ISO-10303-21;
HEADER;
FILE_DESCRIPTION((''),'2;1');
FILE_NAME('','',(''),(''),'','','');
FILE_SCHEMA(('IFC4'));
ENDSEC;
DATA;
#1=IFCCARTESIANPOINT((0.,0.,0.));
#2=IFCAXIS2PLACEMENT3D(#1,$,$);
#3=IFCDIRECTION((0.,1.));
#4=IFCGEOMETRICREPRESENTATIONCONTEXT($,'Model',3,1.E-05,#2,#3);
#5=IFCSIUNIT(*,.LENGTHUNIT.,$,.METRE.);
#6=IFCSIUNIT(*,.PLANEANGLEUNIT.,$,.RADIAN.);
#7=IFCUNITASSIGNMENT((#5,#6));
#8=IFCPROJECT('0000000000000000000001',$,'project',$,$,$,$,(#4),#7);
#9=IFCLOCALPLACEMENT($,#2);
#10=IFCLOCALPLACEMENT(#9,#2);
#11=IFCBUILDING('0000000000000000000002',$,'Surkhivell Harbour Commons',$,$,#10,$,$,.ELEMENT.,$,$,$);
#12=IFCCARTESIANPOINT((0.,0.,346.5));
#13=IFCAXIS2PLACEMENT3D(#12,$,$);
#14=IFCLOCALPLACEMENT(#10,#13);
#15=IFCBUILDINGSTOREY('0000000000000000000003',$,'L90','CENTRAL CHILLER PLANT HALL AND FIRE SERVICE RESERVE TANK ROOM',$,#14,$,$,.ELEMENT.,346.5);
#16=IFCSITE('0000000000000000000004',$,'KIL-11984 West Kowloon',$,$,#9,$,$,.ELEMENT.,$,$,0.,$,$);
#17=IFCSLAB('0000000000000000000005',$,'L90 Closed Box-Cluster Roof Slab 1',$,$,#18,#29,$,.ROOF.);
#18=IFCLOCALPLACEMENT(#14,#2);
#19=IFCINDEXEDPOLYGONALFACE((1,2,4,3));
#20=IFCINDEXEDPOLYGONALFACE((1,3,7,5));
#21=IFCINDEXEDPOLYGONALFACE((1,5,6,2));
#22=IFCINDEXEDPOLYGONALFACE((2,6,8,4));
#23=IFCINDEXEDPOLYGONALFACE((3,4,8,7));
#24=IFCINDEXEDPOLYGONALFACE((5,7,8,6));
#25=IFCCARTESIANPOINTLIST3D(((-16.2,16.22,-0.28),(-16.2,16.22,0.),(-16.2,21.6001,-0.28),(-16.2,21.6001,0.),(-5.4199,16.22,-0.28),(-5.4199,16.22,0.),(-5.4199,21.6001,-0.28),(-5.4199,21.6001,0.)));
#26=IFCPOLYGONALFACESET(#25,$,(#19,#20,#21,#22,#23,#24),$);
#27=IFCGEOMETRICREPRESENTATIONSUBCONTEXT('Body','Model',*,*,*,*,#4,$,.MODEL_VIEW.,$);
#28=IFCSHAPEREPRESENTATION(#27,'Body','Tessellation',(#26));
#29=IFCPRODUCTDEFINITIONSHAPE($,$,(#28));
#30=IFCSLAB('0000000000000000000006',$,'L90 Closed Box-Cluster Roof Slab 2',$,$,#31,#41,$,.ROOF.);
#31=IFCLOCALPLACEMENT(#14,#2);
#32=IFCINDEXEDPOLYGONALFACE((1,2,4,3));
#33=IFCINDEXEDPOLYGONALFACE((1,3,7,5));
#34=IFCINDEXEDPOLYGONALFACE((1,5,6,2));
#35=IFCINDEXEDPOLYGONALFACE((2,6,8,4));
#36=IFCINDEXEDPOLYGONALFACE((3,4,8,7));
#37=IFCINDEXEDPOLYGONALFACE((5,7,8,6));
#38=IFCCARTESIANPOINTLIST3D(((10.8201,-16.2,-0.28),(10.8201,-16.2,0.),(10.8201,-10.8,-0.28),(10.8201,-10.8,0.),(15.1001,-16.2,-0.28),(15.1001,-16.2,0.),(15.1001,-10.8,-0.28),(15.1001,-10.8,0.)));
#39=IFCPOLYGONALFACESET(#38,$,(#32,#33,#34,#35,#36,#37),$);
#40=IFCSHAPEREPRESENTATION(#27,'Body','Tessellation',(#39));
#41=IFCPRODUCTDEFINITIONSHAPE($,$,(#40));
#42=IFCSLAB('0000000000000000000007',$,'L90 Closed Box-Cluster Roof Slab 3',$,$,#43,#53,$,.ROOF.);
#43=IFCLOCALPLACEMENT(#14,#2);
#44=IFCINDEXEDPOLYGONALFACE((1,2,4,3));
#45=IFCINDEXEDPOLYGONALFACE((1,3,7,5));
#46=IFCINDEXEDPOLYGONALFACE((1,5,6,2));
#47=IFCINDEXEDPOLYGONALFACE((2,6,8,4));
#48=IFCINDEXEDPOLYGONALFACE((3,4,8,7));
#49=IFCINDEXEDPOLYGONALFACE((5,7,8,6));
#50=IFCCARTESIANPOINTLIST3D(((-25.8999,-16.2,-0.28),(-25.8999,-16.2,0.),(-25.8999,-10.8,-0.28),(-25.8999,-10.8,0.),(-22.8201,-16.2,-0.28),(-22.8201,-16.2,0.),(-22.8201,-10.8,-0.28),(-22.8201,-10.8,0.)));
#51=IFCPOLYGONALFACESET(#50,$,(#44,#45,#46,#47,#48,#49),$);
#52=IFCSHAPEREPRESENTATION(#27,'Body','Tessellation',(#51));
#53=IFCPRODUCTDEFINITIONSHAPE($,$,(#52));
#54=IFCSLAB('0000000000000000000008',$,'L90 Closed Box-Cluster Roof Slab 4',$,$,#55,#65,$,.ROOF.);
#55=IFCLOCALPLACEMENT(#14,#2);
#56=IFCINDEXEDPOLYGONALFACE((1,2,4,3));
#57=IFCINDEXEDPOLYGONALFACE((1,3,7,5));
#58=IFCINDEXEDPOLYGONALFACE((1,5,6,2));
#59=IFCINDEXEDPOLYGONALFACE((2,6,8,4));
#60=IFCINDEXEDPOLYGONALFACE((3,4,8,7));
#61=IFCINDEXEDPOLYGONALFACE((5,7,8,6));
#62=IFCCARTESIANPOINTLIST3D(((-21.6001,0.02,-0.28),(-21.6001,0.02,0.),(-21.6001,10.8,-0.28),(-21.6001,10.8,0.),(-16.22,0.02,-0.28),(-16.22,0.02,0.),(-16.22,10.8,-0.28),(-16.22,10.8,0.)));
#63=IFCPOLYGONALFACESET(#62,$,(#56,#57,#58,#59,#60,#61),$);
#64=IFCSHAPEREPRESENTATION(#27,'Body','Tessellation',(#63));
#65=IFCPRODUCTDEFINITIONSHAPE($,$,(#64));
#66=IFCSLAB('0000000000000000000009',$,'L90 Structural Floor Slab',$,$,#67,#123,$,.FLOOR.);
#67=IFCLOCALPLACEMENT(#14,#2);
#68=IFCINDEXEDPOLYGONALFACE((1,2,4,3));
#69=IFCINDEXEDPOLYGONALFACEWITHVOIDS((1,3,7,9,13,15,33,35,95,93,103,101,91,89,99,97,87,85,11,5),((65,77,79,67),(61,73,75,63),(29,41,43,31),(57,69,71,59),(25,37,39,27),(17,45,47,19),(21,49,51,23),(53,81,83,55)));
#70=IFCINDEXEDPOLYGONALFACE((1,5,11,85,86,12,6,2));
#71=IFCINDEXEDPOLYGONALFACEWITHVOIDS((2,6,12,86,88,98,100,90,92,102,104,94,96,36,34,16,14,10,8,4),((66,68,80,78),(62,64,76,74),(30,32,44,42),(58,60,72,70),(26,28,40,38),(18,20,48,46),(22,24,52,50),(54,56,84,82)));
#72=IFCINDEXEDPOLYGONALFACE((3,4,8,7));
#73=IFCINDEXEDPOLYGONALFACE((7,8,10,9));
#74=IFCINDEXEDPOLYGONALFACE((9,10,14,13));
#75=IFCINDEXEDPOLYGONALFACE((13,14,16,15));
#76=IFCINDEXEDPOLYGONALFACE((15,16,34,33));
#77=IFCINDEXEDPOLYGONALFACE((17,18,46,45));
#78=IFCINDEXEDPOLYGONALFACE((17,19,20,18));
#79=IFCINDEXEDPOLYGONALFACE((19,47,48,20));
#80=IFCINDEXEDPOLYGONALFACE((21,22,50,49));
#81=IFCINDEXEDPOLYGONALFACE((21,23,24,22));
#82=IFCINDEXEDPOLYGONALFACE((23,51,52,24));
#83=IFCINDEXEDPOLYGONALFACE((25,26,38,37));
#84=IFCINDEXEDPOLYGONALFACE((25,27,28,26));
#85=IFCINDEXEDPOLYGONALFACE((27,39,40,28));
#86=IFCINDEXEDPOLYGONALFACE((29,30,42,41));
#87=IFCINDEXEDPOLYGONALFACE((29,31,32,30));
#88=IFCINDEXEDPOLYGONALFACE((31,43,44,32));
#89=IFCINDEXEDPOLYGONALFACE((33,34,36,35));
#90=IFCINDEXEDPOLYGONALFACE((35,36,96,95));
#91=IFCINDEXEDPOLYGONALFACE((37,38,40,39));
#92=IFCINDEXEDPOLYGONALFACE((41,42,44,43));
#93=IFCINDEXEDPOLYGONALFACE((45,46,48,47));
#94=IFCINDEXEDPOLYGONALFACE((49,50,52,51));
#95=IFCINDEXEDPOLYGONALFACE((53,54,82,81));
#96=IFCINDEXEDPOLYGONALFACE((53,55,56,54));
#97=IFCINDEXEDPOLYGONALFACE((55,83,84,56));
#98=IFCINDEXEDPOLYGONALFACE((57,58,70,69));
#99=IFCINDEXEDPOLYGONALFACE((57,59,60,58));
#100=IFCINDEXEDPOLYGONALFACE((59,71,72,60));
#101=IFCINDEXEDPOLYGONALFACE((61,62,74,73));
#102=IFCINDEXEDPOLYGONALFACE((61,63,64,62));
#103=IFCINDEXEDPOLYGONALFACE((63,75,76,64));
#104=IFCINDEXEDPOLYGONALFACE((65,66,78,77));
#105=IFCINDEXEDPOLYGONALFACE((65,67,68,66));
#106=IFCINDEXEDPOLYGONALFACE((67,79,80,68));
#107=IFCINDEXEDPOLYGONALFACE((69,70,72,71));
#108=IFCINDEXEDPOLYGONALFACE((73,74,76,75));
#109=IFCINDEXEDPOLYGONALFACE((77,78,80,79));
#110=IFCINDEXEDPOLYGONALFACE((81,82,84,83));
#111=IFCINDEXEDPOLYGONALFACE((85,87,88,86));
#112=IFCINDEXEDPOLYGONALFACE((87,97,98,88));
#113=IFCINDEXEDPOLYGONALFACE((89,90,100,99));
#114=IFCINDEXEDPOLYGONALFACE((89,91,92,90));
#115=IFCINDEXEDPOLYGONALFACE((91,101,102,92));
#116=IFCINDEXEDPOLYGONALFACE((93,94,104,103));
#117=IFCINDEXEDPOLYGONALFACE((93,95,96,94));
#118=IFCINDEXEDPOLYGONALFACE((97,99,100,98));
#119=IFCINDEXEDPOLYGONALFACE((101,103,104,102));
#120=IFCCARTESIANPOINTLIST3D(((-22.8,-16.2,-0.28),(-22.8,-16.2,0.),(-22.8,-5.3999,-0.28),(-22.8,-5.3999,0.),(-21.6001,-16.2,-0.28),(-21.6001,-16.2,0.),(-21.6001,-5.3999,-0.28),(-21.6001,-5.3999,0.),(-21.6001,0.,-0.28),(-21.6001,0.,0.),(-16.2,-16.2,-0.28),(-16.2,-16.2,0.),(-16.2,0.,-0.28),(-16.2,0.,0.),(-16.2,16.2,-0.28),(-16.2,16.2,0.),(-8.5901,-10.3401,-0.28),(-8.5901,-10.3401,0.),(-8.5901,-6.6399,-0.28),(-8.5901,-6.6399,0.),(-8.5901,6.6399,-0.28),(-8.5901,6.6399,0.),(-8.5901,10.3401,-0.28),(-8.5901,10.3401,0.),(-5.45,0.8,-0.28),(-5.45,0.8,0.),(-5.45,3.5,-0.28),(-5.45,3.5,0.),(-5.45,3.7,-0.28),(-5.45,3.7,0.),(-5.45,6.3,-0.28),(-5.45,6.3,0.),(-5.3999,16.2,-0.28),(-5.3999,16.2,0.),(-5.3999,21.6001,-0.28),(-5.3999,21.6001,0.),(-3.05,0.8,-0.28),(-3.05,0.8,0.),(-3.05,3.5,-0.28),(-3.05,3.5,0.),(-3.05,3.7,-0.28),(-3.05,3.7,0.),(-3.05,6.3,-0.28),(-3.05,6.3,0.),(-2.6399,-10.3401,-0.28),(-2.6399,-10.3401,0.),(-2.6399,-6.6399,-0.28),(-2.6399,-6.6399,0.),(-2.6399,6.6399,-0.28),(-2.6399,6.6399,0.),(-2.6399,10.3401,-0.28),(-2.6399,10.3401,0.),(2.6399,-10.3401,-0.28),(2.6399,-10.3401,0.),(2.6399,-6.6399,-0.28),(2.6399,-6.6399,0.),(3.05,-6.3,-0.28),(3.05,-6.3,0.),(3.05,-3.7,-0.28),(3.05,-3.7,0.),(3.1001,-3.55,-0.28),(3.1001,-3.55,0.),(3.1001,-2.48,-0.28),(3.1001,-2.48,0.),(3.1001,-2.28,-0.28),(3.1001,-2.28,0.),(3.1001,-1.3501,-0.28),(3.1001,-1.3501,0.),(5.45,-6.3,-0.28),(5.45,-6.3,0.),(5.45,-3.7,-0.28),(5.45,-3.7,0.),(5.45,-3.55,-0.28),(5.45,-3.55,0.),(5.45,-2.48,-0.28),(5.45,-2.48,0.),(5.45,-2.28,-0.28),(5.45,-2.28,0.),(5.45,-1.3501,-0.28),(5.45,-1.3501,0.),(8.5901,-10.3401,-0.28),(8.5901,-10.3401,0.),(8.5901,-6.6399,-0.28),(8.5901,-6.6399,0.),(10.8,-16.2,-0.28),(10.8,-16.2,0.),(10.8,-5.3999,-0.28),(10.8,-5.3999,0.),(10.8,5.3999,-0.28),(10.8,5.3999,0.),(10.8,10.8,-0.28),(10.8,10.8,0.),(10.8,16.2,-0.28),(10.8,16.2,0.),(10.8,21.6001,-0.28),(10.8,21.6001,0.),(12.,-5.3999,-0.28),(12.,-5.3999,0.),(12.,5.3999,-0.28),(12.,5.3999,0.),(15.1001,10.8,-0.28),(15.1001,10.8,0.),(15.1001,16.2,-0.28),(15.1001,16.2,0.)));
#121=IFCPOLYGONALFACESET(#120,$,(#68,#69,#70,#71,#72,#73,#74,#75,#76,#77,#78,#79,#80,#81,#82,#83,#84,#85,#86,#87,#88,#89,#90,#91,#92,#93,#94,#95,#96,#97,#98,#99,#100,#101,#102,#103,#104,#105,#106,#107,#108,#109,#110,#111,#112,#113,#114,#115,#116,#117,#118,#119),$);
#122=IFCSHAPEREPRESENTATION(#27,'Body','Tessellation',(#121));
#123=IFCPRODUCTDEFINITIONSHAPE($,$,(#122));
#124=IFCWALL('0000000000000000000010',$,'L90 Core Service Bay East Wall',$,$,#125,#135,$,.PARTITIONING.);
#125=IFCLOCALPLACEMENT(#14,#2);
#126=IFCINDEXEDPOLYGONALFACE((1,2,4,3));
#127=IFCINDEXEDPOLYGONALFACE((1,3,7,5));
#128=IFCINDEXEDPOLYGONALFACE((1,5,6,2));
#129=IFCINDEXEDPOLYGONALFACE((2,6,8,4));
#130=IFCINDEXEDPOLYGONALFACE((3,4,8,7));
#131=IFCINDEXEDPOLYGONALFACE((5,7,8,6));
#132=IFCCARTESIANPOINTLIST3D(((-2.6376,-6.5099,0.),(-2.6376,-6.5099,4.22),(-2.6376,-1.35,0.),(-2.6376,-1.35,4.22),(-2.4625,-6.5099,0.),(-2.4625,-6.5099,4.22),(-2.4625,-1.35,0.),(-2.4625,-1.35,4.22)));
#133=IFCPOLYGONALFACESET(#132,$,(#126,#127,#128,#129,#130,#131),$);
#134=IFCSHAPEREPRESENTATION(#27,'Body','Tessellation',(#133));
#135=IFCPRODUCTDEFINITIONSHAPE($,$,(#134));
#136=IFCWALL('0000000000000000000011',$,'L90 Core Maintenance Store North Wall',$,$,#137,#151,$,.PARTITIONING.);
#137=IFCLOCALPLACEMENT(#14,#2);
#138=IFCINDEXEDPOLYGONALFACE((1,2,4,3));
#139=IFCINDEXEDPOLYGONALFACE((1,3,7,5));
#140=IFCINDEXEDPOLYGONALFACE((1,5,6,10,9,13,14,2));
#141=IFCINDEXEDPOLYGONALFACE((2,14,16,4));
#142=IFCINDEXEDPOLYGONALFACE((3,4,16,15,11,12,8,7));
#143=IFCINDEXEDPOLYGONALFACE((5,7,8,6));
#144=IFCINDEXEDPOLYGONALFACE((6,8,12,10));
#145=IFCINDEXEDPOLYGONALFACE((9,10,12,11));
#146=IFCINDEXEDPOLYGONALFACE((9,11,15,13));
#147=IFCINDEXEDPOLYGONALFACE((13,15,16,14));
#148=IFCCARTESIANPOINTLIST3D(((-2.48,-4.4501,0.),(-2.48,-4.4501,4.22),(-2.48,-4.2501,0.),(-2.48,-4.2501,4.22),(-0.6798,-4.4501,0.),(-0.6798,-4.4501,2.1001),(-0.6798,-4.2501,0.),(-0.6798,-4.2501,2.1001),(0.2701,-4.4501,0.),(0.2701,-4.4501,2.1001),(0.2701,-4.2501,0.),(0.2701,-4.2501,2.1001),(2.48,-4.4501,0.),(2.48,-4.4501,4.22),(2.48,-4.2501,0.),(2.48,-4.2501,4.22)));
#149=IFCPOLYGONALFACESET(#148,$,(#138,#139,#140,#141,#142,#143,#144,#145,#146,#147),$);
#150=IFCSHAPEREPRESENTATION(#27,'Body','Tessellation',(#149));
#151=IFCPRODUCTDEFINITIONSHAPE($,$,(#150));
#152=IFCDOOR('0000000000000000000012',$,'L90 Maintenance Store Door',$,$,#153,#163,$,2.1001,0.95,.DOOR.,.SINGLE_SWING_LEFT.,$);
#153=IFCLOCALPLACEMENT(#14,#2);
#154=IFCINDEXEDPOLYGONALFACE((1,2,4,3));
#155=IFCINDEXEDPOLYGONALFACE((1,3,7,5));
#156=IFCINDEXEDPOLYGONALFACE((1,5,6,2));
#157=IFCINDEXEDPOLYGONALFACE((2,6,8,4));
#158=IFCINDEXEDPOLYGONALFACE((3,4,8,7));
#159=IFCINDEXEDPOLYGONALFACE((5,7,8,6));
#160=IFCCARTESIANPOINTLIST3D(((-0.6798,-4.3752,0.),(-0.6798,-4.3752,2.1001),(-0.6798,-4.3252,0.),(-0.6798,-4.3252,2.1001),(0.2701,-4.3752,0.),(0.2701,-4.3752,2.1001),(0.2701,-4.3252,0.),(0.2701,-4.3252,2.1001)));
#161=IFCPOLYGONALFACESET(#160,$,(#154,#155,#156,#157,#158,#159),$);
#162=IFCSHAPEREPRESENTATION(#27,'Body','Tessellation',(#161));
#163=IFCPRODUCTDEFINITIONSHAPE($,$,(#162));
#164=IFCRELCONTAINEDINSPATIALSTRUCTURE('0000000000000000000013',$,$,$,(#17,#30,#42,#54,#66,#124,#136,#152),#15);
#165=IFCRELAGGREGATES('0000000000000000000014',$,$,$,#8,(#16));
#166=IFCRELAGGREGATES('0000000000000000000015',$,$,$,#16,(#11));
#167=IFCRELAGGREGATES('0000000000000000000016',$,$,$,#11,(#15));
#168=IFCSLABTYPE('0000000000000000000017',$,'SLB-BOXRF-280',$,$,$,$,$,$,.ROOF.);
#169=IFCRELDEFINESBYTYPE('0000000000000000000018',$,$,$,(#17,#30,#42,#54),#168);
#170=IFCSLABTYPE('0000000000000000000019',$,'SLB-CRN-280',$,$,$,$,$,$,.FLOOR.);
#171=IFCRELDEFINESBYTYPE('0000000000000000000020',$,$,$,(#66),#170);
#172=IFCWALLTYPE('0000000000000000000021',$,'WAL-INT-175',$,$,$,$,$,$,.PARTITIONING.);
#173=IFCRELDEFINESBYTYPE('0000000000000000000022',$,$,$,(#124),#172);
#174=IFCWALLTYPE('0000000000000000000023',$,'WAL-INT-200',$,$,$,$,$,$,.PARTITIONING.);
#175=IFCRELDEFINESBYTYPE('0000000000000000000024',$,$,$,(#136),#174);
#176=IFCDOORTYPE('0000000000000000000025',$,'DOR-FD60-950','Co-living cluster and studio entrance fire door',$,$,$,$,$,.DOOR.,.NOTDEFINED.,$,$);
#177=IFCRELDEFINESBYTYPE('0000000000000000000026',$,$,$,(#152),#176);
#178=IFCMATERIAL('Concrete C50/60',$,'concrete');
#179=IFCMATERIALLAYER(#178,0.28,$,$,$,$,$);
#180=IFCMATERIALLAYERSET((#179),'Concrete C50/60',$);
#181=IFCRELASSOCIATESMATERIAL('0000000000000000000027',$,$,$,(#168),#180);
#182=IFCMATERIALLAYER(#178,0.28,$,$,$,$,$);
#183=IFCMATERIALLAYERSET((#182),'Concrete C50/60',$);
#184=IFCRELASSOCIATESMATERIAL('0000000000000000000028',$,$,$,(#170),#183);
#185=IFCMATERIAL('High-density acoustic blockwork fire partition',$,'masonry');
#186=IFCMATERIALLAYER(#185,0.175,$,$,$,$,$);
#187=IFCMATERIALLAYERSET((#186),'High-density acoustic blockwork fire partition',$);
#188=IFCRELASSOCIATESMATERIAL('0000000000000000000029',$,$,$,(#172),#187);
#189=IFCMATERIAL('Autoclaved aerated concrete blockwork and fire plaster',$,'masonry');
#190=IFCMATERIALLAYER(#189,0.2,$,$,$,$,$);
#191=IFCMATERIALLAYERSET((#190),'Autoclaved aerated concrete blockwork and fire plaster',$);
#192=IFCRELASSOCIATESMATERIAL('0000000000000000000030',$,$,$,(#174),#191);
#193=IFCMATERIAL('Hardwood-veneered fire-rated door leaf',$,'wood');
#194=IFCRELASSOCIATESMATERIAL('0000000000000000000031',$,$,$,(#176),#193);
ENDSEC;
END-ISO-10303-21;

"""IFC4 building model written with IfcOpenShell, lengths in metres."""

from ifc_helpers import new_model, si_unit, direction, frame, frame_2d, origin, place, context, subcontext, project, spatial, polyline, rectangle, outline, extrude, material, layer, layer_set, type_object, element, fill, save


model = new_model("IFC4")

# Units and contexts
model_context = context("Model", 3, precision=1e-05, world=origin(), true_north=direction((0.0, 1.0)))
body_context = subcontext(model_context, "Body", "Model", "MODEL_VIEW")
ifc_project = project(units=[si_unit("LENGTHUNIT", "METRE"), si_unit("PLANEANGLEUNIT", "RADIAN")], contexts=[model_context])

# Site, building, storey
site_placement = place(None, origin())
site = spatial("IfcSite", under=ifc_project, at=site_placement, Name="KIL-11984 West Kowloon", CompositionType="ELEMENT", RefElevation=0.0)
building_placement = place(site_placement, origin())
building = spatial("IfcBuilding", under=site, at=building_placement, Name="Surkhivell Harbour Commons", CompositionType="ELEMENT")
storey_placement = place(building_placement, frame((0.0, 0.0, 346.5)))
storey = spatial("IfcBuildingStorey", under=building, at=storey_placement, Name="L90", Description="CENTRAL CHILLER PLANT HALL AND FIRE SERVICE RESERVE TANK ROOM", CompositionType="ELEMENT", Elevation=346.5)

# Slabs
ifc_material_1 = material(Name="Concrete C50/60", Category="concrete")
ifc_layer_1 = layer(ifc_material_1, 0.28)
ifc_layer_set_1 = layer_set([ifc_layer_1], Name="Concrete C50/60")
slab_type_1 = type_object("IfcSlabType", Name="SLB-BOXRF-280", PredefinedType="ROOF", material=ifc_layer_set_1)
slab_1_placement = place(storey_placement, frame((0.0, 0.0, -0.28)))
element("IfcSlab", 1, at=slab_1_placement, inside=storey, type_object=slab_type_1, Name="L90 Closed Box-Cluster Roof Slab 1", PredefinedType="ROOF", context=body_context, shape_type="SweptSolid", body=[
    extrude(outline(polyline([(-16.2, 16.22), (-5.4199, 16.22), (-5.4199, 21.6001), (-16.2, 21.6001), (-16.2, 16.22)])), origin(), (0.0, 0.0, 1.0), 0.28),
])
slab_2_placement = place(storey_placement, frame((0.0, 0.0, -0.28)))
element("IfcSlab", 2, at=slab_2_placement, inside=storey, type_object=slab_type_1, Name="L90 Closed Box-Cluster Roof Slab 2", PredefinedType="ROOF", context=body_context, shape_type="SweptSolid", body=[
    extrude(outline(polyline([(10.8201, -10.8), (10.8201, -16.2), (15.1001, -16.2), (15.1001, -10.8), (10.8201, -10.8)])), origin(), (0.0, 0.0, 1.0), 0.28),
])
slab_3_placement = place(storey_placement, frame((0.0, 0.0, -0.28)))
element("IfcSlab", 3, at=slab_3_placement, inside=storey, type_object=slab_type_1, Name="L90 Closed Box-Cluster Roof Slab 3", PredefinedType="ROOF", context=body_context, shape_type="SweptSolid", body=[
    extrude(outline(polyline([(-22.8201, -16.2), (-22.8201, -10.8), (-25.8999, -10.8), (-25.8999, -16.2), (-22.8201, -16.2)])), origin(), (0.0, 0.0, 1.0), 0.28),
])
slab_4_placement = place(storey_placement, frame((0.0, 0.0, -0.28)))
element("IfcSlab", 4, at=slab_4_placement, inside=storey, type_object=slab_type_1, Name="L90 Closed Box-Cluster Roof Slab 4", PredefinedType="ROOF", context=body_context, shape_type="SweptSolid", body=[
    extrude(outline(polyline([(-21.6001, 0.02), (-16.22, 0.02), (-16.22, 10.8), (-21.6001, 10.8), (-21.6001, 0.02)])), origin(), (0.0, 0.0, 1.0), 0.28),
])
ifc_layer_2 = layer(ifc_material_1, 0.28)
ifc_layer_set_2 = layer_set([ifc_layer_2], Name="Concrete C50/60")
slab_type_2 = type_object("IfcSlabType", Name="SLB-CRN-280", PredefinedType="FLOOR", material=ifc_layer_set_2)
slab_5_placement = place(storey_placement, frame((0.0, 0.0, -0.28)))
element("IfcSlab", 5, at=slab_5_placement, inside=storey, type_object=slab_type_2, Name="L90 Structural Floor Slab", PredefinedType="FLOOR", context=body_context, shape_type="SweptSolid", body=[
    extrude(outline(polyline([(-16.2, -16.2), (10.8, -16.2), (10.8, -5.3999), (12.0, -5.3999), (12.0, 5.3999), (10.8, 5.3999), (10.8, 10.8), (15.1001, 10.8), (15.1001, 16.2), (10.8, 16.2), (10.8, 21.6001), (-5.3999, 21.6001), (-5.3999, 16.2), (-16.2, 16.2), (-16.2, 0.0), (-21.6001, 0.0), (-21.6001, -5.3999), (-22.8, -5.3999), (-22.8, -16.2), (-21.6001, -16.2), (-16.2, -16.2)]), holes=[polyline([(-8.5901, 6.6399), (-2.6399, 6.6399), (-2.6399, 10.3401), (-8.5901, 10.3401), (-8.5901, 6.6399)]), polyline([(8.5901, -6.6399), (2.6399, -6.6399), (2.6399, -10.3401), (8.5901, -10.3401), (8.5901, -6.6399)]), polyline([(-8.5901, -10.3401), (-2.6399, -10.3401), (-2.6399, -6.6399), (-8.5901, -6.6399), (-8.5901, -10.3401)]), polyline([(-5.45, 3.7), (-3.05, 3.7), (-3.05, 6.3), (-5.45, 6.3), (-5.45, 3.7)]), polyline([(3.05, -6.3), (5.45, -6.3), (5.45, -3.7), (3.05, -3.7), (3.05, -6.3)]), polyline([(-5.45, 0.8), (-3.05, 0.8), (-3.05, 3.5), (-5.45, 3.5), (-5.45, 0.8)]), polyline([(3.1001, -3.55), (5.45, -3.55), (5.45, -2.48), (3.1001, -2.48), (3.1001, -3.55)]), polyline([(3.1001, -2.28), (5.45, -2.28), (5.45, -1.3501), (3.1001, -1.3501), (3.1001, -2.28)])]), origin(), (0.0, 0.0, 1.0), 0.28),
])

# Wall
ifc_material_2 = material(Name="High-density acoustic blockwork fire partition", Category="masonry")
ifc_layer_3 = layer(ifc_material_2, 0.175)
ifc_layer_set_3 = layer_set([ifc_layer_3], Name="High-density acoustic blockwork fire partition")
wall_type_1 = type_object("IfcWallType", Name="WAL-INT-175", PredefinedType="PARTITIONING", material=ifc_layer_set_3)
wall_1_placement = place(storey_placement, frame((-2.55, -6.51, 0.0), z_axis=(0.0, 0.0, 1.0), x_axis=(0.0, 1.0, 0.0)))
element("IfcWall", 6, at=wall_1_placement, inside=storey, type_object=wall_type_1, Name="L90 Core Service Bay East Wall", PredefinedType="PARTITIONING", context=body_context, shape_type="SweptSolid", body=[
    extrude(rectangle(XDim=5.1599, YDim=0.175, at=frame_2d((2.5801, 0.0))), origin(), (0.0, 0.0, 1.0), 4.22),
])

# Wall, opening, door
ifc_material_3 = material(Name="Autoclaved aerated concrete blockwork and fire plaster", Category="masonry")
ifc_layer_4 = layer(ifc_material_3, 0.2)
ifc_layer_set_4 = layer_set([ifc_layer_4], Name="Autoclaved aerated concrete blockwork and fire plaster")
wall_type_2 = type_object("IfcWallType", Name="WAL-INT-200", PredefinedType="PARTITIONING", material=ifc_layer_set_4)
wall_2_placement = place(storey_placement, frame((-2.48, -4.3501, 0.0), z_axis=(0.0, 0.0, 1.0), x_axis=(1.0, 0.0, 0.0)))
wall_2 = element("IfcWall", 7, at=wall_2_placement, inside=storey, type_object=wall_type_2, Name="L90 Core Maintenance Store North Wall", PredefinedType="PARTITIONING", context=body_context, shape_type="SweptSolid", body=[
    extrude(rectangle(XDim=4.96, YDim=0.2, at=frame_2d((2.48, 0.0))), origin(), (0.0, 0.0, 1.0), 4.22),
])
opening_1_placement = place(wall_2_placement, frame((1.8, 0.0, 0.0)))
opening_1 = element("IfcOpeningElement", 8, at=opening_1_placement, cuts=wall_2, PredefinedType="OPENING", context=body_context, shape_type="SweptSolid", body=[
    extrude(rectangle(XDim=0.95, YDim=2.1001, at=frame_2d((0.4751, 1.05))), frame((0.0, 0.1099, 0.0), z_axis=(0.0, -1.0, 0.0), x_axis=(1.0, 0.0, 0.0)), (0.0, 0.0, 1.0), 0.22),
])
ifc_material_4 = material(Name="Hardwood-veneered fire-rated door leaf", Category="wood")
door_type_1 = type_object("IfcDoorType", Name="DOR-FD60-950", Description="Co-living cluster and studio entrance fire door", OperationType="NOTDEFINED", PredefinedType="DOOR", material=ifc_material_4)
door_1_placement = place(opening_1_placement, origin())
door_1 = element("IfcDoor", 9, at=door_1_placement, inside=storey, type_object=door_type_1, Name="L90 Maintenance Store Door", OperationType="SINGLE_SWING_LEFT", OverallHeight=2.1001, OverallWidth=0.95, PredefinedType="DOOR", context=body_context, shape_type="SweptSolid", body=[
    extrude(rectangle(XDim=0.95, YDim=2.1001, at=frame_2d((0.4751, 1.05))), frame((0.0, 0.0249, 0.0), z_axis=(0.0, -1.0, 0.0), x_axis=(1.0, 0.0, 0.0)), (0.0, 0.0, 1.0), 0.05),
])
fill(opening_1, door_1)

save(model, "model.ifc")
